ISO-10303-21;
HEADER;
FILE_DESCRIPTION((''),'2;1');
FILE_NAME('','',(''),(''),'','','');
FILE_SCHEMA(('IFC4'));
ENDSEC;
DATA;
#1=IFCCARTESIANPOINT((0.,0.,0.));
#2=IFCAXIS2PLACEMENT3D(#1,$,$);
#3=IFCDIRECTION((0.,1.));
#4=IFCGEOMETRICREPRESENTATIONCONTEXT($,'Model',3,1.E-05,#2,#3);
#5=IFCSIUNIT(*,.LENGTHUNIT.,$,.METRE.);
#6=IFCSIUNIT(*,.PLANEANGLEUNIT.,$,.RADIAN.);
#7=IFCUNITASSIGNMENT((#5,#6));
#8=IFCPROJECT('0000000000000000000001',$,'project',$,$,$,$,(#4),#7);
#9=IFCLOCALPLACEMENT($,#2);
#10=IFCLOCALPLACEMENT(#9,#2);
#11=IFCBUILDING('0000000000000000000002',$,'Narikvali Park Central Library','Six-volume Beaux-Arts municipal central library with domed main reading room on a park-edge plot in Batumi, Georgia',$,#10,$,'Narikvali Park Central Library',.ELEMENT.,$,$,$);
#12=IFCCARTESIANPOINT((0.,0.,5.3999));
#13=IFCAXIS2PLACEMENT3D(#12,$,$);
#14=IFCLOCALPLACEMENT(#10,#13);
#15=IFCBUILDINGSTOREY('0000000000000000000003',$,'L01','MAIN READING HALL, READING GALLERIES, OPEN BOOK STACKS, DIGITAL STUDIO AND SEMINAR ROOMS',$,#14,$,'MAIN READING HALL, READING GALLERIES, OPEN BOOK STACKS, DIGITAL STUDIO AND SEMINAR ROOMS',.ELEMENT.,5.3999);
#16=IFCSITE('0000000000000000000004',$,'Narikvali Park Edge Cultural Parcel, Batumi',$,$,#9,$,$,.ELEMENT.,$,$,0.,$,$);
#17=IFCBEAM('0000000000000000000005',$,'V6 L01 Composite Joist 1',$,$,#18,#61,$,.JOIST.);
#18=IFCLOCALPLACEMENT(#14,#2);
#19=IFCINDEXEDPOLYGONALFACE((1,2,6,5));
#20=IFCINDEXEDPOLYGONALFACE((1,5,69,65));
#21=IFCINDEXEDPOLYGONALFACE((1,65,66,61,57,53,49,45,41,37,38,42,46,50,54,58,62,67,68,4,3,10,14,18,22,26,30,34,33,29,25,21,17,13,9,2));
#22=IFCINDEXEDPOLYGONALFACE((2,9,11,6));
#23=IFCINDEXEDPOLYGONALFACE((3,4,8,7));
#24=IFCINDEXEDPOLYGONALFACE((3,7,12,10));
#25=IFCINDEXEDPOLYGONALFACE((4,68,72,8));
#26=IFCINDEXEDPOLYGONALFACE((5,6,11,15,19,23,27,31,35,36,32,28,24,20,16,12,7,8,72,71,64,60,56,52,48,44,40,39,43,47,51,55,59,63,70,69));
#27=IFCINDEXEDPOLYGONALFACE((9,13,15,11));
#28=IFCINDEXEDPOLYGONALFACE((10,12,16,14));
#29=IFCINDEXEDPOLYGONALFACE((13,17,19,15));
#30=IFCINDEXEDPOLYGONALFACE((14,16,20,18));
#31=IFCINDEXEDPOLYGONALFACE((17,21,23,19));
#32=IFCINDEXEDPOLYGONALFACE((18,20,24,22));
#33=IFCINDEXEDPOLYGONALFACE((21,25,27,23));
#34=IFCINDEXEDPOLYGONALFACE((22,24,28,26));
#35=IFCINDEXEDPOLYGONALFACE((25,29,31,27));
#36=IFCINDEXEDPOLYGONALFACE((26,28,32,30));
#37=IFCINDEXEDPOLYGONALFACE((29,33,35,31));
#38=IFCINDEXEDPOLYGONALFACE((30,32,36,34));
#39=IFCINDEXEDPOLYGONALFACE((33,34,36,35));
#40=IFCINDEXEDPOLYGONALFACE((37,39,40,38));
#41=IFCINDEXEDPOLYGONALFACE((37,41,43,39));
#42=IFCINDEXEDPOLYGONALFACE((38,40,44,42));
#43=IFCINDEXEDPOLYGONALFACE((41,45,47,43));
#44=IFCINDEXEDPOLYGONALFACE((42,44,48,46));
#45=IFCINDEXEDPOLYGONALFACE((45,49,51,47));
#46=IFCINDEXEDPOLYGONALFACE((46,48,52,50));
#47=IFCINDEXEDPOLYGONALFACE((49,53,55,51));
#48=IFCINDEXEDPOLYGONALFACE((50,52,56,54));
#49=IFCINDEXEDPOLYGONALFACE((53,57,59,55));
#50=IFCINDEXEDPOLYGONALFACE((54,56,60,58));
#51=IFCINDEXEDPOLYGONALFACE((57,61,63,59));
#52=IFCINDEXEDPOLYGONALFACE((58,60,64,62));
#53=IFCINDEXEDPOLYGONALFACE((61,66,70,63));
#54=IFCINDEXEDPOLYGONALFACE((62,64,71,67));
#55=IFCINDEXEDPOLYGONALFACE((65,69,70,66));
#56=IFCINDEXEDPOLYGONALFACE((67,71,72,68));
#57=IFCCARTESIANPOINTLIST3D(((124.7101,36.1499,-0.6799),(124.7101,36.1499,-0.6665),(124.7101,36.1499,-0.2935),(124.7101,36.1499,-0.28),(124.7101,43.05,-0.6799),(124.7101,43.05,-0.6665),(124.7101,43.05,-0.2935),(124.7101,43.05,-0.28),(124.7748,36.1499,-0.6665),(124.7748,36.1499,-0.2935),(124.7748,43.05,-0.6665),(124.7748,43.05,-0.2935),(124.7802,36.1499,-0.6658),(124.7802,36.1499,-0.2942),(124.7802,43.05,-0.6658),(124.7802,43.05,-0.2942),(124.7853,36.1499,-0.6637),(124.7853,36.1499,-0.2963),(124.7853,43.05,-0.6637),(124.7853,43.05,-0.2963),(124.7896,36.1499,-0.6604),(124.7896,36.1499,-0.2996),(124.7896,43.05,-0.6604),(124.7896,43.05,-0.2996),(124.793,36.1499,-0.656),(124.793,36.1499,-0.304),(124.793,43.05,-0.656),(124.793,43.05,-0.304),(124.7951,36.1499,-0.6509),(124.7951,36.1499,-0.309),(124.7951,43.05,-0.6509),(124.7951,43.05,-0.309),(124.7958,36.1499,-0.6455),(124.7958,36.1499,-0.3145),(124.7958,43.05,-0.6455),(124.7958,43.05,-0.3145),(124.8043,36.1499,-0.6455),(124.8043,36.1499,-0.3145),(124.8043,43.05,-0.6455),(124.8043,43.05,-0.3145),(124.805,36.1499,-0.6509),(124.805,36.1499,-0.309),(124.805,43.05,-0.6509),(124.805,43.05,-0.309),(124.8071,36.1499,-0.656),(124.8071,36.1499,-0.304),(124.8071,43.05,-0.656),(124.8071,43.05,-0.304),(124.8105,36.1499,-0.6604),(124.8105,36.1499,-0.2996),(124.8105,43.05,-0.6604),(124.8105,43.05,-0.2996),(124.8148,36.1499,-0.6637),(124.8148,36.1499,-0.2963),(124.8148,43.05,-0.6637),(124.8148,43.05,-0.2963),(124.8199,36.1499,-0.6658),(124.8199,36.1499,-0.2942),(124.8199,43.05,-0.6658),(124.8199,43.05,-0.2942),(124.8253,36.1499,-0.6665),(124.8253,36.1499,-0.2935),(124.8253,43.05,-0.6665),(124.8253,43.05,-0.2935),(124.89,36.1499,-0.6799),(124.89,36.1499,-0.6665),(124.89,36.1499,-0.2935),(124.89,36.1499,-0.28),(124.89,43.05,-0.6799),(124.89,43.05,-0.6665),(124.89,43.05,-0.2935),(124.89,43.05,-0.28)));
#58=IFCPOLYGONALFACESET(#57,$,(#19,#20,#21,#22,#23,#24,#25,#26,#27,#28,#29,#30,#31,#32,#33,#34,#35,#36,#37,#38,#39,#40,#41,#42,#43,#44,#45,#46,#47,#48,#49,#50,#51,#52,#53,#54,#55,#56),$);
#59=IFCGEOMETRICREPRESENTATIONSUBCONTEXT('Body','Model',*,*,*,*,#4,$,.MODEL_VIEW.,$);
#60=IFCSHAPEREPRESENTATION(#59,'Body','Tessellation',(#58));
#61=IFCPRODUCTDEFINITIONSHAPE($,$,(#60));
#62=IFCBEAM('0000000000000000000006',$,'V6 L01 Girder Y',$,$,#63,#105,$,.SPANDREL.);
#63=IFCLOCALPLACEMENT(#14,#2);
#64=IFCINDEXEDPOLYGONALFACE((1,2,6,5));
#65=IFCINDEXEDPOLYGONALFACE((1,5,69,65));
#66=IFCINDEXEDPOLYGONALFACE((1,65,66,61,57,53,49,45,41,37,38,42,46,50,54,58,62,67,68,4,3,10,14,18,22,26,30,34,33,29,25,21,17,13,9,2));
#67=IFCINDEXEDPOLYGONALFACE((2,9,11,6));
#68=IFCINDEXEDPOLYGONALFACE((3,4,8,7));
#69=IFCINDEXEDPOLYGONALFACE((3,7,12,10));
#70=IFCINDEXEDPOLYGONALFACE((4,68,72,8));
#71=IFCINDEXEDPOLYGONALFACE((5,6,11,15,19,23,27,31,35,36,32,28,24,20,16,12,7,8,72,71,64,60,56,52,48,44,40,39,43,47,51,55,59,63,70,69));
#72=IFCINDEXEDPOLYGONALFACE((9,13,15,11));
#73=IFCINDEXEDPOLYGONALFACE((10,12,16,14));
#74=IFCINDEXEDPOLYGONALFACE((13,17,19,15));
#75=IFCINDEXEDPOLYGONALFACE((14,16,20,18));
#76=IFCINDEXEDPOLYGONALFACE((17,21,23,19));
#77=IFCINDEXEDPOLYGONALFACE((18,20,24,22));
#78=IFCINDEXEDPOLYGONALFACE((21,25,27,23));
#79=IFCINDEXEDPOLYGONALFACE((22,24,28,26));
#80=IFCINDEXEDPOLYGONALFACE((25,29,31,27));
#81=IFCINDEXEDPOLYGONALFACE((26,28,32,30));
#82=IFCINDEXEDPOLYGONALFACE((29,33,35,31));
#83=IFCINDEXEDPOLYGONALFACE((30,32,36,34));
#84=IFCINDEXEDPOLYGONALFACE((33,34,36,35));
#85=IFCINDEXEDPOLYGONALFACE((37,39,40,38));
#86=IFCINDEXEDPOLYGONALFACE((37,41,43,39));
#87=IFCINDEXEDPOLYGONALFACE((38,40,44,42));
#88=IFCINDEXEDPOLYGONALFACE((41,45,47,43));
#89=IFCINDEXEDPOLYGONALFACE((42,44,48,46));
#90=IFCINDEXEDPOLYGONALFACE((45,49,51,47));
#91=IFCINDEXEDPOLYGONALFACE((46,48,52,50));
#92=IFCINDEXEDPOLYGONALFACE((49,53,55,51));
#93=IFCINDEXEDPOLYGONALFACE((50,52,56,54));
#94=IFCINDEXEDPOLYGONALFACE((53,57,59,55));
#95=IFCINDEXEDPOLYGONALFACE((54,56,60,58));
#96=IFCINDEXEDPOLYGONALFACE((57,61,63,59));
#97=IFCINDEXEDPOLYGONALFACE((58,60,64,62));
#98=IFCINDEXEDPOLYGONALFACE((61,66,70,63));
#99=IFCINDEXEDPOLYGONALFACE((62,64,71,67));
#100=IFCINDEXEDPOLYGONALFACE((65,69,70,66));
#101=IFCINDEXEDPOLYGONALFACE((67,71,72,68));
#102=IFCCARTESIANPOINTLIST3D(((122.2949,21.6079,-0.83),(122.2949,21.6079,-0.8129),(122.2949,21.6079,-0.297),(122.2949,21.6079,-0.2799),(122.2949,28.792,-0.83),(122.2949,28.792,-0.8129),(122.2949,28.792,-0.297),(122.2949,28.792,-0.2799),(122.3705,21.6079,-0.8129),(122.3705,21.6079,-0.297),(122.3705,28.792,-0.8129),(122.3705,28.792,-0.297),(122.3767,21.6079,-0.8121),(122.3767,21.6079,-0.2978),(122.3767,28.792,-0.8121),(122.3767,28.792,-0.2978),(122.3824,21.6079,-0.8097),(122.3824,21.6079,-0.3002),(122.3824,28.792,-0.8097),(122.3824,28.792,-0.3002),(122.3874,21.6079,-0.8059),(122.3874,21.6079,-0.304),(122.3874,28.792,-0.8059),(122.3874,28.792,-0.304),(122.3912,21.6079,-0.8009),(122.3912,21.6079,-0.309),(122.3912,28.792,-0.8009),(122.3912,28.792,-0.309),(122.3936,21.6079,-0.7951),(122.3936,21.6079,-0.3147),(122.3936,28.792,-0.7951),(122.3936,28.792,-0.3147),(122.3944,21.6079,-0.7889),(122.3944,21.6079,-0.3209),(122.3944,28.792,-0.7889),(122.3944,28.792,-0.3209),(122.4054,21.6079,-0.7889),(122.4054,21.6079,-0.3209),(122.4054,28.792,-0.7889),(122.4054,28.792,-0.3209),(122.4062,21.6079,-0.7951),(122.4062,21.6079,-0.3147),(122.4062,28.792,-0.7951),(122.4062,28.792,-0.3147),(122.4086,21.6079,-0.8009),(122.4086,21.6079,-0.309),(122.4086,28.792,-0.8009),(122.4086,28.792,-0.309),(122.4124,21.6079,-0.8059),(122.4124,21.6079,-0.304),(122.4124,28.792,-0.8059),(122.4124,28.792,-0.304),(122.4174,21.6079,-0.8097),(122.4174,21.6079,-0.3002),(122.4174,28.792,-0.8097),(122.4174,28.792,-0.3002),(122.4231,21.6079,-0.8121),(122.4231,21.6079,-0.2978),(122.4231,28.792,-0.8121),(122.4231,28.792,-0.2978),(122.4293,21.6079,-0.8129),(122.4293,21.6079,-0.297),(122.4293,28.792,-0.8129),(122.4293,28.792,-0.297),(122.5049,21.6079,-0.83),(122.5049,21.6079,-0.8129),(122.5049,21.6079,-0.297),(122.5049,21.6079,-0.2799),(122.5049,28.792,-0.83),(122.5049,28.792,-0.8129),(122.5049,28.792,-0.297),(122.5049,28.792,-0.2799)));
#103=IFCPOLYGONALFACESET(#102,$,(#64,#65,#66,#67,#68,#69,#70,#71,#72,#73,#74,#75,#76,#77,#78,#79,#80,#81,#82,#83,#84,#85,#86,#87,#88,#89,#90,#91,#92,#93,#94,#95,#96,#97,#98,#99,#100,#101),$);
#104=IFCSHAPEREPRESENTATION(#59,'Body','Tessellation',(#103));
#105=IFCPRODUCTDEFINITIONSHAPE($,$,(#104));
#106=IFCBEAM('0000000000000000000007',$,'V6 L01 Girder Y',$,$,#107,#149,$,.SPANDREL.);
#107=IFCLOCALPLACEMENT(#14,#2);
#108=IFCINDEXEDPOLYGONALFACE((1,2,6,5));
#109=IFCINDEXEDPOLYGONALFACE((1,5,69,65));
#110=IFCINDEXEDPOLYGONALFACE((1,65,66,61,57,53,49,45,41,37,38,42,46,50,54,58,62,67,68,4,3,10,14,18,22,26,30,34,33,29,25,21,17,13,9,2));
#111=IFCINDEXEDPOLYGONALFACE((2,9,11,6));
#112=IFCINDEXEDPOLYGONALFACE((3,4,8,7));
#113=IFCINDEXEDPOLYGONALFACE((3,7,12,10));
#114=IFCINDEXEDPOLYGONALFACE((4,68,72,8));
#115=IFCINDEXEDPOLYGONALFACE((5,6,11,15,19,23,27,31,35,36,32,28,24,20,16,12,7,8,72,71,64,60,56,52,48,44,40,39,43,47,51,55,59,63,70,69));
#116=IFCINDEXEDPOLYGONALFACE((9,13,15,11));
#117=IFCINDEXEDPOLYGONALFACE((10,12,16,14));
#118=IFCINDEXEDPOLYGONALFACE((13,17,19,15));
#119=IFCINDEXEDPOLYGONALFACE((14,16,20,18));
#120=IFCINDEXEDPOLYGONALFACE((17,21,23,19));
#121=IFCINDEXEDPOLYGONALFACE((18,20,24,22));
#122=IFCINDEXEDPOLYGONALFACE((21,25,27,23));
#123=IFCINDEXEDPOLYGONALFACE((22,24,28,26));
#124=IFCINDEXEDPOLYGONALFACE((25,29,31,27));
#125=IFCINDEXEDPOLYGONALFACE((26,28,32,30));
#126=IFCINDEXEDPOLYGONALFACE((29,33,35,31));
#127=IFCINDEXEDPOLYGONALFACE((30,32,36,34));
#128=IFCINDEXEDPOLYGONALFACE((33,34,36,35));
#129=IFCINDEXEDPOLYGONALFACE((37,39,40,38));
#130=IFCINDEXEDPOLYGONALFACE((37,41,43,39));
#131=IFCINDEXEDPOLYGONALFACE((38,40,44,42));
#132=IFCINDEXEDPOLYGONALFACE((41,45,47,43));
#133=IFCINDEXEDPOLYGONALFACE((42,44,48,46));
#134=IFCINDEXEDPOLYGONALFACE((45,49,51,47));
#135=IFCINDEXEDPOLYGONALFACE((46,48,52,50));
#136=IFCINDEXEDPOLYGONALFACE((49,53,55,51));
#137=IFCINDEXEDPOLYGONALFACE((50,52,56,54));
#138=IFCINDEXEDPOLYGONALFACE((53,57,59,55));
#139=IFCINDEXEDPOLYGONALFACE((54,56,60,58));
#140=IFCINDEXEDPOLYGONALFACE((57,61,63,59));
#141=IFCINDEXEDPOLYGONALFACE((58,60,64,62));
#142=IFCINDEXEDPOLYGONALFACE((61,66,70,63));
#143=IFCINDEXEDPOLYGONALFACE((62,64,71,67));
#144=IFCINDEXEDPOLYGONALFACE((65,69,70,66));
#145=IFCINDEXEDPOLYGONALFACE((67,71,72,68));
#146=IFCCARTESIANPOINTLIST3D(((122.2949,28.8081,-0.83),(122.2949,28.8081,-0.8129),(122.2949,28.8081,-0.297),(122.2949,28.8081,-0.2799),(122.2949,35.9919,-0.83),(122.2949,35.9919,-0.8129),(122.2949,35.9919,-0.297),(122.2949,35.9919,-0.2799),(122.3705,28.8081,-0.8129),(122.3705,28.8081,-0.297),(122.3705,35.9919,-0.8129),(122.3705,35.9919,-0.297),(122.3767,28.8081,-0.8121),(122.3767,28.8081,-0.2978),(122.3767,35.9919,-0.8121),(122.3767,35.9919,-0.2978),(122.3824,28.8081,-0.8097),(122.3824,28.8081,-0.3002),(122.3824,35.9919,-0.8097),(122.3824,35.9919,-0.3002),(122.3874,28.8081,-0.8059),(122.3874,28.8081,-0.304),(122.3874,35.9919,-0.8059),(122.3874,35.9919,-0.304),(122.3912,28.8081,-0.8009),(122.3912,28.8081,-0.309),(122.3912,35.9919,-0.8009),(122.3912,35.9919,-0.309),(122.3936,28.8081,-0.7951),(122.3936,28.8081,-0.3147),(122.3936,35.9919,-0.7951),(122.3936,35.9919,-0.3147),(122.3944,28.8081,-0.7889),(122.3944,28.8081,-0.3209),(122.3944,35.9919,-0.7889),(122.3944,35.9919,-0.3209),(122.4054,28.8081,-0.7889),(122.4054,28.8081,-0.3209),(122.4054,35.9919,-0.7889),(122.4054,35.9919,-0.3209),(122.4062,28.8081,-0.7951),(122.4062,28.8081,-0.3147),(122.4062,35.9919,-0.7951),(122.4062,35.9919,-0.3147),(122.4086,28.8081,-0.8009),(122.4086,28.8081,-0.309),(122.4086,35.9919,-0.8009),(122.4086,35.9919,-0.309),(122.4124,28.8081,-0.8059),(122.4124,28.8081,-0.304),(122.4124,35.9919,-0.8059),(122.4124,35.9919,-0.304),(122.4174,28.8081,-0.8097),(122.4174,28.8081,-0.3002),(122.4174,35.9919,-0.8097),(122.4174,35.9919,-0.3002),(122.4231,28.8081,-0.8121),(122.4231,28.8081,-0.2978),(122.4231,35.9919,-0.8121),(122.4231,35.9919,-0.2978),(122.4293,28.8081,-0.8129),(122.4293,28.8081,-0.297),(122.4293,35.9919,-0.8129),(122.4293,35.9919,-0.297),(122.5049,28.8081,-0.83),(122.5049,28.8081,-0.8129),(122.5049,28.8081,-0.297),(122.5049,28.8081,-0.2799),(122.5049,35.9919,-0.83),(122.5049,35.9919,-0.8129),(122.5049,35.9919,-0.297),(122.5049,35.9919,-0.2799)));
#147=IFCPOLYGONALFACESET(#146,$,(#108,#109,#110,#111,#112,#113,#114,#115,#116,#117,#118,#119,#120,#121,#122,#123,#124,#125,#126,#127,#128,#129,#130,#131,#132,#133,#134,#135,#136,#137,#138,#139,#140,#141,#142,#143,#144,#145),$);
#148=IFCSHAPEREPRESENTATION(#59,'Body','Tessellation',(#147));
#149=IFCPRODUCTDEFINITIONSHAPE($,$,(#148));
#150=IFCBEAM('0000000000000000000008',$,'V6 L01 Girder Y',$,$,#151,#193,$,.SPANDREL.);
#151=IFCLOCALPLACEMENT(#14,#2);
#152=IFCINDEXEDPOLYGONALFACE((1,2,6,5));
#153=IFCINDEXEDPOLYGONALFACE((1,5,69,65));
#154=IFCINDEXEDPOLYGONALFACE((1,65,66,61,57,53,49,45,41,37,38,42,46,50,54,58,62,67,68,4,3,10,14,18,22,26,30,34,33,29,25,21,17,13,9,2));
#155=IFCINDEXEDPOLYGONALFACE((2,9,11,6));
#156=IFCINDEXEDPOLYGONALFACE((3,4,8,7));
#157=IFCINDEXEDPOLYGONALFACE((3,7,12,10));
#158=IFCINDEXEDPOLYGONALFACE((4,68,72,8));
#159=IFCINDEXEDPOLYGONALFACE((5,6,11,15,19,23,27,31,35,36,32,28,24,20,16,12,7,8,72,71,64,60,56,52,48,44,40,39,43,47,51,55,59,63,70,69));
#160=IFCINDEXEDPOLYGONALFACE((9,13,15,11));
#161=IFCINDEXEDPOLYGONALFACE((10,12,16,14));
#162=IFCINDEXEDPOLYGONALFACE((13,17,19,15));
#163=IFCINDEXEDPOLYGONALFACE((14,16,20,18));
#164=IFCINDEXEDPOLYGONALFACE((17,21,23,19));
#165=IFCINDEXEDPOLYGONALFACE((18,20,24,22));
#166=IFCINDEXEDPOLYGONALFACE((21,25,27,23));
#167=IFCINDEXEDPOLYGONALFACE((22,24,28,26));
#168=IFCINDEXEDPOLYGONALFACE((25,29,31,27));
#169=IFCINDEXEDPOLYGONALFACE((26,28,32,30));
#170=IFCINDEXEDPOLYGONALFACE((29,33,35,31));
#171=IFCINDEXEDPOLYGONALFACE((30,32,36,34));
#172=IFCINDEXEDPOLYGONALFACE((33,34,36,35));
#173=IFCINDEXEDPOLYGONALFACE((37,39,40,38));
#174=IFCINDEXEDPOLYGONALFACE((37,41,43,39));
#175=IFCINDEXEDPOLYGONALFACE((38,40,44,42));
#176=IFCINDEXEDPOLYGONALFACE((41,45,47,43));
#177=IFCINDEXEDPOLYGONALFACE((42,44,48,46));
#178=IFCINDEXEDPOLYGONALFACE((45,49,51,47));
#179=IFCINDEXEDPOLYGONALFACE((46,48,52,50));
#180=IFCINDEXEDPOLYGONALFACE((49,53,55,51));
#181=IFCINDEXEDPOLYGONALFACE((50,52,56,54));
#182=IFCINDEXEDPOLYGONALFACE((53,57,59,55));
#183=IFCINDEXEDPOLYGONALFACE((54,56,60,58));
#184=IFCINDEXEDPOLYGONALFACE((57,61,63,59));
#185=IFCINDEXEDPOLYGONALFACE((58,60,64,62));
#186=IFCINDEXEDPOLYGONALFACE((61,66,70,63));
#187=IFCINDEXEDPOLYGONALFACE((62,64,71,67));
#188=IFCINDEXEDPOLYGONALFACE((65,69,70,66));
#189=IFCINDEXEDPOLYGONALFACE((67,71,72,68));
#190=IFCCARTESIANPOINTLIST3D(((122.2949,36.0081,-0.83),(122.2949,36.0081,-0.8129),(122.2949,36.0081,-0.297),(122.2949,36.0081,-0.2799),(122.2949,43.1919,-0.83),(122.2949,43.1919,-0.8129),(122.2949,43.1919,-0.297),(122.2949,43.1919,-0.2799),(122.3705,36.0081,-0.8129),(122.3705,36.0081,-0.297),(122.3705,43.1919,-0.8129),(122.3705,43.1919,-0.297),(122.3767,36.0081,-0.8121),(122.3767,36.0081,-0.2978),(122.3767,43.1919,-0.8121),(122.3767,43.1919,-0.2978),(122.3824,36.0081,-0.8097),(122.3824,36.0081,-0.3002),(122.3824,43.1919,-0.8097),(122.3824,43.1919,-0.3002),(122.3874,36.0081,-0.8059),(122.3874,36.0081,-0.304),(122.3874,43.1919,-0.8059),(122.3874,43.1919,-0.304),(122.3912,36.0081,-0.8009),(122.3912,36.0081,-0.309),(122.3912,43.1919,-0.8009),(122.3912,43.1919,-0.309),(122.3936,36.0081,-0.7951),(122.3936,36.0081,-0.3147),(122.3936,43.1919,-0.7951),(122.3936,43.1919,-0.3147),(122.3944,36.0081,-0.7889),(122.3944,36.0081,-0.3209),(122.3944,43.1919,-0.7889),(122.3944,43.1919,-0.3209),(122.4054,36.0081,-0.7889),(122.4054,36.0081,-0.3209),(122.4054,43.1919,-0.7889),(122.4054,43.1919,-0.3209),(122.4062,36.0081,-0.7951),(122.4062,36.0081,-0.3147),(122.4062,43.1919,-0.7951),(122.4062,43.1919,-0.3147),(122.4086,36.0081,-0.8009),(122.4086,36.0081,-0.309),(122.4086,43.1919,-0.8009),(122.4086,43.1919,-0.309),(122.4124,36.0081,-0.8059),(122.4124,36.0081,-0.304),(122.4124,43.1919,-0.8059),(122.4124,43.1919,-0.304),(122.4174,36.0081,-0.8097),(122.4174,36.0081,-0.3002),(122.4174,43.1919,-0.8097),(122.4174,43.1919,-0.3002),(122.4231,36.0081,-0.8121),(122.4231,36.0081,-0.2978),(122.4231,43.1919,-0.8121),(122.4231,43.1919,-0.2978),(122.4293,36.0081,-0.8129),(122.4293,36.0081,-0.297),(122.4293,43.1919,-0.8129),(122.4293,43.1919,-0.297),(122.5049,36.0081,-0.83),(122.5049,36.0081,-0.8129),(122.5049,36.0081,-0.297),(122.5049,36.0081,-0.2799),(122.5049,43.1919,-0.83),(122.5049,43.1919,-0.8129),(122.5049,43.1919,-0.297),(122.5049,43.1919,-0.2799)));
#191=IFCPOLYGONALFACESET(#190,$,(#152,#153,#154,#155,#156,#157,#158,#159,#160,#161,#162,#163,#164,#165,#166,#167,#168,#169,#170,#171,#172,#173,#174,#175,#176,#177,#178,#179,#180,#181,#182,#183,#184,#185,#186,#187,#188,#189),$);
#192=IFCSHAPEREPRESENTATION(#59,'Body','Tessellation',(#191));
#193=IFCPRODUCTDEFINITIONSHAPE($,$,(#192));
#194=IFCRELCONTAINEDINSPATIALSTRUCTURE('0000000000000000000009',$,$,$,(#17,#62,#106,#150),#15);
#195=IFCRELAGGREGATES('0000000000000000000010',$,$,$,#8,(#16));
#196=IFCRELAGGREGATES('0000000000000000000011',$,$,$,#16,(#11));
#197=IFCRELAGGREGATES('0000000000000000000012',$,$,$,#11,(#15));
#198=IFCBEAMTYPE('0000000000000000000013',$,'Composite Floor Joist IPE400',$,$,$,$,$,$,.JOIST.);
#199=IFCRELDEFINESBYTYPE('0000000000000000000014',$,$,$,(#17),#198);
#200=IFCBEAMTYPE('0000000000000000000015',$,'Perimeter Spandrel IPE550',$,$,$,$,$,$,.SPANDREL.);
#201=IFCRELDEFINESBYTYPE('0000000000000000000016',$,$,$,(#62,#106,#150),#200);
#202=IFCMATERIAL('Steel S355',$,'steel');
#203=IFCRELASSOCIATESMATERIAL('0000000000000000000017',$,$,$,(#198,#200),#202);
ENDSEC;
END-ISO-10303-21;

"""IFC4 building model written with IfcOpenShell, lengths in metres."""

from ifc_helpers import new_model, si_unit, direction, frame, origin, origin_2d, place, context, subcontext, project, spatial, i_section, extrude, material, material_profile, profile_set, type_object, element, save


model = new_model("IFC4")

# Units and contexts
model_context = context("Model", 3, precision=1e-05, world=origin(), true_north=direction((0.0, 1.0)))
body_context = subcontext(model_context, "Body", "Model", "MODEL_VIEW")
ifc_project = project(units=[si_unit("LENGTHUNIT", "METRE"), si_unit("PLANEANGLEUNIT", "RADIAN")], contexts=[model_context])

# Site, building, storey
site_placement = place(None, origin())
site = spatial("IfcSite", under=ifc_project, at=site_placement, Name="Narikvali Park Edge Cultural Parcel, Batumi", CompositionType="ELEMENT", RefElevation=0.0)
building_placement = place(site_placement, origin())
building = spatial("IfcBuilding", under=site, at=building_placement, Name="Narikvali Park Central Library", Description="Six-volume Beaux-Arts municipal central library with domed main reading room on a park-edge plot in Batumi, Georgia", LongName="Narikvali Park Central Library", CompositionType="ELEMENT")
storey_placement = place(building_placement, frame((0.0, 0.0, 5.3999)))
storey = spatial("IfcBuildingStorey", under=building, at=storey_placement, Name="L01", Description="MAIN READING HALL, READING GALLERIES, OPEN BOOK STACKS, DIGITAL STUDIO AND SEMINAR ROOMS", LongName="MAIN READING HALL, READING GALLERIES, OPEN BOOK STACKS, DIGITAL STUDIO AND SEMINAR ROOMS", CompositionType="ELEMENT", Elevation=5.3999)

# Shared definitions
ifc_material_1 = material(Name="Steel S355", Category="steel")

# Beams
ifc_material_profile_1 = material_profile(ifc_material_1, i_section(OverallWidth=0.1799, OverallDepth=0.3999, WebThickness=0.0085, FlangeThickness=0.0134, FilletRadius=0.021, at=origin_2d()), Name="IPE 400")
ifc_profile_set_1 = profile_set([ifc_material_profile_1], Name="Steel S355")
beam_type_1 = type_object("IfcBeamType", Name="Composite Floor Joist IPE400", PredefinedType="JOIST", material=ifc_profile_set_1)
for number, where, z_axis, x_axis, name in (
    (1, (124.8, 36.1499, -0.48), (0.0, 1.0, 0.0), (-1.0, 0.0, 0.0), "V6 L01 Composite Joist 1"),
):
    element("IfcBeam", number, at=place(storey_placement, frame(where, z_axis=z_axis, x_axis=x_axis)), inside=storey, type_object=beam_type_1, Name=name, PredefinedType="JOIST", context=body_context, shape_type="SweptSolid", body=[
        extrude(i_section(OverallWidth=0.1799, OverallDepth=0.3999, WebThickness=0.0085, FlangeThickness=0.0134, FilletRadius=0.021, at=origin_2d()), origin(), (0.0, 0.0, 1.0), 6.9001),
    ])
ifc_material_profile_2 = material_profile(ifc_material_1, i_section(OverallWidth=0.21, OverallDepth=0.55, WebThickness=0.011, FlangeThickness=0.0171, FilletRadius=0.0239, at=origin_2d()), Name="IPE 550")
ifc_profile_set_2 = profile_set([ifc_material_profile_2], Name="Steel S355")
beam_type_2 = type_object("IfcBeamType", Name="Perimeter Spandrel IPE550", PredefinedType="SPANDREL", material=ifc_profile_set_2)
beam_1_placement = place(storey_placement, frame((122.3999, 21.6079, -0.5549), z_axis=(0.0, 1.0, 0.0), x_axis=(-1.0, 0.0, 0.0)))
element("IfcBeam", 2, at=beam_1_placement, inside=storey, type_object=beam_type_2, Name="V6 L01 Girder Y", PredefinedType="SPANDREL", context=body_context, shape_type="SweptSolid", body=[
    extrude(i_section(OverallWidth=0.21, OverallDepth=0.55, WebThickness=0.011, FlangeThickness=0.0171, FilletRadius=0.0239, at=origin_2d()), origin(), (0.0, 0.0, 1.0), 7.1841),
])
for number, where, z_axis, x_axis, name in (
    (3, (122.3999, 28.8081, -0.5549), (0.0, 1.0, 0.0), (-1.0, 0.0, 0.0), "V6 L01 Girder Y"),
    (4, (122.3999, 36.0081, -0.5549), (0.0, 1.0, 0.0), (-1.0, 0.0, 0.0), "V6 L01 Girder Y"),
):
    element("IfcBeam", number, at=place(storey_placement, frame(where, z_axis=z_axis, x_axis=x_axis)), inside=storey, type_object=beam_type_2, Name=name, PredefinedType="SPANDREL", context=body_context, shape_type="SweptSolid", body=[
        extrude(i_section(OverallWidth=0.21, OverallDepth=0.55, WebThickness=0.011, FlangeThickness=0.0171, FilletRadius=0.0239, at=origin_2d()), origin(), (0.0, 0.0, 1.0), 7.1838),
    ])

save(model, "model.ifc")
